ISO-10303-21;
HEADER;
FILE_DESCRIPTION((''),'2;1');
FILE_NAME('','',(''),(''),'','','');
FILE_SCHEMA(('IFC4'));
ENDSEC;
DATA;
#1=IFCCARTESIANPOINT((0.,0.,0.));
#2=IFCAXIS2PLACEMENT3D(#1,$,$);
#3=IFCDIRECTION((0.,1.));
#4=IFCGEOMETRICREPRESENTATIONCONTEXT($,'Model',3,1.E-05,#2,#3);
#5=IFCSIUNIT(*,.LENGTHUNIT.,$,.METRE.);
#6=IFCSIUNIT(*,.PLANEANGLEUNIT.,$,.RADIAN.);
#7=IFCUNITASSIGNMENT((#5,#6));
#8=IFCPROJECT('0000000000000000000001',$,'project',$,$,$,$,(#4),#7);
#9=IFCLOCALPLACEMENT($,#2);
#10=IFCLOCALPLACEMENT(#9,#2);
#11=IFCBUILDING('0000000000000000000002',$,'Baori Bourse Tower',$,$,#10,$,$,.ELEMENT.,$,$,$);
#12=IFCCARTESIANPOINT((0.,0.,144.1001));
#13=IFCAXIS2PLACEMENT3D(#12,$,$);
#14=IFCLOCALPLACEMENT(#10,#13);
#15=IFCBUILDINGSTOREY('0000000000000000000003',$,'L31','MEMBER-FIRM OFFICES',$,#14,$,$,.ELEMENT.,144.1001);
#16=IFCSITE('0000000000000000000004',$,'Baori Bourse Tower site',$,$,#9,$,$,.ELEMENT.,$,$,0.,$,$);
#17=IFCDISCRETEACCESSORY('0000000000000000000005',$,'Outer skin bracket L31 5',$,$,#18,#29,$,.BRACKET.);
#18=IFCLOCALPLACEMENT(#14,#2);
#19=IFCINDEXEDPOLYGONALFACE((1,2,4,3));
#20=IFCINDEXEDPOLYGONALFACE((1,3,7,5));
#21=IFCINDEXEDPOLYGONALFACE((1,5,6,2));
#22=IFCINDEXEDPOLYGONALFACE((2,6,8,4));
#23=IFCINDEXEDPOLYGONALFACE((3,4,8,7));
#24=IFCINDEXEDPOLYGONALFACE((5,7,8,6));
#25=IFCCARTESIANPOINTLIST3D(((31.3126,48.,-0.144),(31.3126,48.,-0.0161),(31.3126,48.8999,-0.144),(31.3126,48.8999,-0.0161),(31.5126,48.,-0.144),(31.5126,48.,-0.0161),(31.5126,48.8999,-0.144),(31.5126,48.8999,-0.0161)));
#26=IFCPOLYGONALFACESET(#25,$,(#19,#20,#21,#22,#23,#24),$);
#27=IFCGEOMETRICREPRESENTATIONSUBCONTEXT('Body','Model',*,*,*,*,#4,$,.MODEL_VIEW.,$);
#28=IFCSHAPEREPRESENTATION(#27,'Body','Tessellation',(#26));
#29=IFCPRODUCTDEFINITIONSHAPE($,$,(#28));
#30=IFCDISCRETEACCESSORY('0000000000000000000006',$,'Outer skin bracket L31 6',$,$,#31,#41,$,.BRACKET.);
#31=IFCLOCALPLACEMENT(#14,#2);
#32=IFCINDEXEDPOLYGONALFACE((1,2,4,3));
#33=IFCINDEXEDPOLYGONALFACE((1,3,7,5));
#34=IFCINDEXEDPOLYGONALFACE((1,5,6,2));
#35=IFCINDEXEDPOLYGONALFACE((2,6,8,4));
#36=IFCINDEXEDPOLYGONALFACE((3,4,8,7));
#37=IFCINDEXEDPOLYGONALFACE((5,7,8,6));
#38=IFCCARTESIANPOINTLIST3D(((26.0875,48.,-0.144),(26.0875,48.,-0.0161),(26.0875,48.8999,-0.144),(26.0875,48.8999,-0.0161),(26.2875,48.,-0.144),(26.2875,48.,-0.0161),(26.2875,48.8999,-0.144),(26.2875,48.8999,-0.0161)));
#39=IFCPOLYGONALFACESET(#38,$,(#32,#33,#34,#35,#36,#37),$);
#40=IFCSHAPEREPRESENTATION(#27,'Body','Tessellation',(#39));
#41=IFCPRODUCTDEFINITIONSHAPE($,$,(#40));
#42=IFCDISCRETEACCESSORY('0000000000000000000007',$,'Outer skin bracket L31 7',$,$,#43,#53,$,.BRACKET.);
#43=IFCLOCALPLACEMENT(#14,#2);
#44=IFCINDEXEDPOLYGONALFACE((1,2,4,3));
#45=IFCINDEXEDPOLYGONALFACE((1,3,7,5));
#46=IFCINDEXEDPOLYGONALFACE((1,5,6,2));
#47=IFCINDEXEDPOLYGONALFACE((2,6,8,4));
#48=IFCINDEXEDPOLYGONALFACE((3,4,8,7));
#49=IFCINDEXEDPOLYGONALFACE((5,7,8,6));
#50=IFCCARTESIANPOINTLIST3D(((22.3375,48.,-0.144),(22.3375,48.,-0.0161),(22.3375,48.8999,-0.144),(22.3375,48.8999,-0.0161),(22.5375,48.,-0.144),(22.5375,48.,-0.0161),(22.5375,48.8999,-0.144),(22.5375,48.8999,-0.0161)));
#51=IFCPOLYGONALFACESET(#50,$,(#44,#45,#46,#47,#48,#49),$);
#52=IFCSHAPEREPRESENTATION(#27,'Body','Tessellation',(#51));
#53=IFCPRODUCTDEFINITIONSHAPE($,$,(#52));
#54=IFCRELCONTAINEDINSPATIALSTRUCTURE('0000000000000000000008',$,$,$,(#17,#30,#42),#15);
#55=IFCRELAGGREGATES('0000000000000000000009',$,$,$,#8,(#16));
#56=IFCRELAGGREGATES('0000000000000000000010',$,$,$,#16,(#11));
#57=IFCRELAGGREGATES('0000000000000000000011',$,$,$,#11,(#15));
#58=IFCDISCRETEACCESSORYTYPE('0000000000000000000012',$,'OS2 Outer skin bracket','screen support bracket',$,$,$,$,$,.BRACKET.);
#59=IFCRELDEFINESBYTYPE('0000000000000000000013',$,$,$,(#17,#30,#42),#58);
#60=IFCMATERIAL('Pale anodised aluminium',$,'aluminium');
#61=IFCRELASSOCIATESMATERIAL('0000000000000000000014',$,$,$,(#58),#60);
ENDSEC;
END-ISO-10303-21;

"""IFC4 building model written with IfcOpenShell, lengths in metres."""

from ifc_helpers import new_model, si_unit, direction, frame, origin, origin_2d, place, context, subcontext, project, spatial, rectangle, extrude, material, type_object, element, save


model = new_model("IFC4")

# Units and contexts
model_context = context("Model", 3, precision=1e-05, world=origin(), true_north=direction((0.0, 1.0)))
body_context = subcontext(model_context, "Body", "Model", "MODEL_VIEW")
ifc_project = project(units=[si_unit("LENGTHUNIT", "METRE"), si_unit("PLANEANGLEUNIT", "RADIAN")], contexts=[model_context])

# Site, building, storey
site_placement = place(None, origin())
site = spatial("IfcSite", under=ifc_project, at=site_placement, Name="Baori Bourse Tower site", CompositionType="ELEMENT", RefElevation=0.0)
building_placement = place(site_placement, origin())
building = spatial("IfcBuilding", under=site, at=building_placement, Name="Baori Bourse Tower", CompositionType="ELEMENT")
storey_placement = place(building_placement, frame((0.0, 0.0, 144.1001)))
storey = spatial("IfcBuildingStorey", under=building, at=storey_placement, Name="L31", Description="MEMBER-FIRM OFFICES", CompositionType="ELEMENT", Elevation=144.1001)

# Discrete accessories
ifc_material_1 = material(Name="Pale anodised aluminium", Category="aluminium")
discrete_accessory_type = type_object("IfcDiscreteAccessoryType", Name="OS2 Outer skin bracket", Description="screen support bracket", PredefinedType="BRACKET", material=ifc_material_1)
for number, where, z_axis, x_axis, name in (
    (1, (31.4126, 48.45, -0.144), (0.0, 0.0, 1.0), (-1.0, 0.0, 0.0), "Outer skin bracket L31 5"),
    (2, (26.1875, 48.45, -0.144), (0.0, 0.0, 1.0), (-1.0, 0.0, 0.0), "Outer skin bracket L31 6"),
    (3, (22.4375, 48.45, -0.144), (0.0, 0.0, 1.0), (-1.0, 0.0, 0.0), "Outer skin bracket L31 7"),
):
    element("IfcDiscreteAccessory", number, at=place(storey_placement, frame(where, z_axis=z_axis, x_axis=x_axis)), inside=storey, type_object=discrete_accessory_type, Name=name, PredefinedType="BRACKET", context=body_context, shape_type="SweptSolid", body=[
        extrude(rectangle(XDim=0.2, YDim=0.8999, at=origin_2d()), origin(), (0.0, 0.0, 1.0), 0.1279),
    ])

save(model, "model.ifc")
